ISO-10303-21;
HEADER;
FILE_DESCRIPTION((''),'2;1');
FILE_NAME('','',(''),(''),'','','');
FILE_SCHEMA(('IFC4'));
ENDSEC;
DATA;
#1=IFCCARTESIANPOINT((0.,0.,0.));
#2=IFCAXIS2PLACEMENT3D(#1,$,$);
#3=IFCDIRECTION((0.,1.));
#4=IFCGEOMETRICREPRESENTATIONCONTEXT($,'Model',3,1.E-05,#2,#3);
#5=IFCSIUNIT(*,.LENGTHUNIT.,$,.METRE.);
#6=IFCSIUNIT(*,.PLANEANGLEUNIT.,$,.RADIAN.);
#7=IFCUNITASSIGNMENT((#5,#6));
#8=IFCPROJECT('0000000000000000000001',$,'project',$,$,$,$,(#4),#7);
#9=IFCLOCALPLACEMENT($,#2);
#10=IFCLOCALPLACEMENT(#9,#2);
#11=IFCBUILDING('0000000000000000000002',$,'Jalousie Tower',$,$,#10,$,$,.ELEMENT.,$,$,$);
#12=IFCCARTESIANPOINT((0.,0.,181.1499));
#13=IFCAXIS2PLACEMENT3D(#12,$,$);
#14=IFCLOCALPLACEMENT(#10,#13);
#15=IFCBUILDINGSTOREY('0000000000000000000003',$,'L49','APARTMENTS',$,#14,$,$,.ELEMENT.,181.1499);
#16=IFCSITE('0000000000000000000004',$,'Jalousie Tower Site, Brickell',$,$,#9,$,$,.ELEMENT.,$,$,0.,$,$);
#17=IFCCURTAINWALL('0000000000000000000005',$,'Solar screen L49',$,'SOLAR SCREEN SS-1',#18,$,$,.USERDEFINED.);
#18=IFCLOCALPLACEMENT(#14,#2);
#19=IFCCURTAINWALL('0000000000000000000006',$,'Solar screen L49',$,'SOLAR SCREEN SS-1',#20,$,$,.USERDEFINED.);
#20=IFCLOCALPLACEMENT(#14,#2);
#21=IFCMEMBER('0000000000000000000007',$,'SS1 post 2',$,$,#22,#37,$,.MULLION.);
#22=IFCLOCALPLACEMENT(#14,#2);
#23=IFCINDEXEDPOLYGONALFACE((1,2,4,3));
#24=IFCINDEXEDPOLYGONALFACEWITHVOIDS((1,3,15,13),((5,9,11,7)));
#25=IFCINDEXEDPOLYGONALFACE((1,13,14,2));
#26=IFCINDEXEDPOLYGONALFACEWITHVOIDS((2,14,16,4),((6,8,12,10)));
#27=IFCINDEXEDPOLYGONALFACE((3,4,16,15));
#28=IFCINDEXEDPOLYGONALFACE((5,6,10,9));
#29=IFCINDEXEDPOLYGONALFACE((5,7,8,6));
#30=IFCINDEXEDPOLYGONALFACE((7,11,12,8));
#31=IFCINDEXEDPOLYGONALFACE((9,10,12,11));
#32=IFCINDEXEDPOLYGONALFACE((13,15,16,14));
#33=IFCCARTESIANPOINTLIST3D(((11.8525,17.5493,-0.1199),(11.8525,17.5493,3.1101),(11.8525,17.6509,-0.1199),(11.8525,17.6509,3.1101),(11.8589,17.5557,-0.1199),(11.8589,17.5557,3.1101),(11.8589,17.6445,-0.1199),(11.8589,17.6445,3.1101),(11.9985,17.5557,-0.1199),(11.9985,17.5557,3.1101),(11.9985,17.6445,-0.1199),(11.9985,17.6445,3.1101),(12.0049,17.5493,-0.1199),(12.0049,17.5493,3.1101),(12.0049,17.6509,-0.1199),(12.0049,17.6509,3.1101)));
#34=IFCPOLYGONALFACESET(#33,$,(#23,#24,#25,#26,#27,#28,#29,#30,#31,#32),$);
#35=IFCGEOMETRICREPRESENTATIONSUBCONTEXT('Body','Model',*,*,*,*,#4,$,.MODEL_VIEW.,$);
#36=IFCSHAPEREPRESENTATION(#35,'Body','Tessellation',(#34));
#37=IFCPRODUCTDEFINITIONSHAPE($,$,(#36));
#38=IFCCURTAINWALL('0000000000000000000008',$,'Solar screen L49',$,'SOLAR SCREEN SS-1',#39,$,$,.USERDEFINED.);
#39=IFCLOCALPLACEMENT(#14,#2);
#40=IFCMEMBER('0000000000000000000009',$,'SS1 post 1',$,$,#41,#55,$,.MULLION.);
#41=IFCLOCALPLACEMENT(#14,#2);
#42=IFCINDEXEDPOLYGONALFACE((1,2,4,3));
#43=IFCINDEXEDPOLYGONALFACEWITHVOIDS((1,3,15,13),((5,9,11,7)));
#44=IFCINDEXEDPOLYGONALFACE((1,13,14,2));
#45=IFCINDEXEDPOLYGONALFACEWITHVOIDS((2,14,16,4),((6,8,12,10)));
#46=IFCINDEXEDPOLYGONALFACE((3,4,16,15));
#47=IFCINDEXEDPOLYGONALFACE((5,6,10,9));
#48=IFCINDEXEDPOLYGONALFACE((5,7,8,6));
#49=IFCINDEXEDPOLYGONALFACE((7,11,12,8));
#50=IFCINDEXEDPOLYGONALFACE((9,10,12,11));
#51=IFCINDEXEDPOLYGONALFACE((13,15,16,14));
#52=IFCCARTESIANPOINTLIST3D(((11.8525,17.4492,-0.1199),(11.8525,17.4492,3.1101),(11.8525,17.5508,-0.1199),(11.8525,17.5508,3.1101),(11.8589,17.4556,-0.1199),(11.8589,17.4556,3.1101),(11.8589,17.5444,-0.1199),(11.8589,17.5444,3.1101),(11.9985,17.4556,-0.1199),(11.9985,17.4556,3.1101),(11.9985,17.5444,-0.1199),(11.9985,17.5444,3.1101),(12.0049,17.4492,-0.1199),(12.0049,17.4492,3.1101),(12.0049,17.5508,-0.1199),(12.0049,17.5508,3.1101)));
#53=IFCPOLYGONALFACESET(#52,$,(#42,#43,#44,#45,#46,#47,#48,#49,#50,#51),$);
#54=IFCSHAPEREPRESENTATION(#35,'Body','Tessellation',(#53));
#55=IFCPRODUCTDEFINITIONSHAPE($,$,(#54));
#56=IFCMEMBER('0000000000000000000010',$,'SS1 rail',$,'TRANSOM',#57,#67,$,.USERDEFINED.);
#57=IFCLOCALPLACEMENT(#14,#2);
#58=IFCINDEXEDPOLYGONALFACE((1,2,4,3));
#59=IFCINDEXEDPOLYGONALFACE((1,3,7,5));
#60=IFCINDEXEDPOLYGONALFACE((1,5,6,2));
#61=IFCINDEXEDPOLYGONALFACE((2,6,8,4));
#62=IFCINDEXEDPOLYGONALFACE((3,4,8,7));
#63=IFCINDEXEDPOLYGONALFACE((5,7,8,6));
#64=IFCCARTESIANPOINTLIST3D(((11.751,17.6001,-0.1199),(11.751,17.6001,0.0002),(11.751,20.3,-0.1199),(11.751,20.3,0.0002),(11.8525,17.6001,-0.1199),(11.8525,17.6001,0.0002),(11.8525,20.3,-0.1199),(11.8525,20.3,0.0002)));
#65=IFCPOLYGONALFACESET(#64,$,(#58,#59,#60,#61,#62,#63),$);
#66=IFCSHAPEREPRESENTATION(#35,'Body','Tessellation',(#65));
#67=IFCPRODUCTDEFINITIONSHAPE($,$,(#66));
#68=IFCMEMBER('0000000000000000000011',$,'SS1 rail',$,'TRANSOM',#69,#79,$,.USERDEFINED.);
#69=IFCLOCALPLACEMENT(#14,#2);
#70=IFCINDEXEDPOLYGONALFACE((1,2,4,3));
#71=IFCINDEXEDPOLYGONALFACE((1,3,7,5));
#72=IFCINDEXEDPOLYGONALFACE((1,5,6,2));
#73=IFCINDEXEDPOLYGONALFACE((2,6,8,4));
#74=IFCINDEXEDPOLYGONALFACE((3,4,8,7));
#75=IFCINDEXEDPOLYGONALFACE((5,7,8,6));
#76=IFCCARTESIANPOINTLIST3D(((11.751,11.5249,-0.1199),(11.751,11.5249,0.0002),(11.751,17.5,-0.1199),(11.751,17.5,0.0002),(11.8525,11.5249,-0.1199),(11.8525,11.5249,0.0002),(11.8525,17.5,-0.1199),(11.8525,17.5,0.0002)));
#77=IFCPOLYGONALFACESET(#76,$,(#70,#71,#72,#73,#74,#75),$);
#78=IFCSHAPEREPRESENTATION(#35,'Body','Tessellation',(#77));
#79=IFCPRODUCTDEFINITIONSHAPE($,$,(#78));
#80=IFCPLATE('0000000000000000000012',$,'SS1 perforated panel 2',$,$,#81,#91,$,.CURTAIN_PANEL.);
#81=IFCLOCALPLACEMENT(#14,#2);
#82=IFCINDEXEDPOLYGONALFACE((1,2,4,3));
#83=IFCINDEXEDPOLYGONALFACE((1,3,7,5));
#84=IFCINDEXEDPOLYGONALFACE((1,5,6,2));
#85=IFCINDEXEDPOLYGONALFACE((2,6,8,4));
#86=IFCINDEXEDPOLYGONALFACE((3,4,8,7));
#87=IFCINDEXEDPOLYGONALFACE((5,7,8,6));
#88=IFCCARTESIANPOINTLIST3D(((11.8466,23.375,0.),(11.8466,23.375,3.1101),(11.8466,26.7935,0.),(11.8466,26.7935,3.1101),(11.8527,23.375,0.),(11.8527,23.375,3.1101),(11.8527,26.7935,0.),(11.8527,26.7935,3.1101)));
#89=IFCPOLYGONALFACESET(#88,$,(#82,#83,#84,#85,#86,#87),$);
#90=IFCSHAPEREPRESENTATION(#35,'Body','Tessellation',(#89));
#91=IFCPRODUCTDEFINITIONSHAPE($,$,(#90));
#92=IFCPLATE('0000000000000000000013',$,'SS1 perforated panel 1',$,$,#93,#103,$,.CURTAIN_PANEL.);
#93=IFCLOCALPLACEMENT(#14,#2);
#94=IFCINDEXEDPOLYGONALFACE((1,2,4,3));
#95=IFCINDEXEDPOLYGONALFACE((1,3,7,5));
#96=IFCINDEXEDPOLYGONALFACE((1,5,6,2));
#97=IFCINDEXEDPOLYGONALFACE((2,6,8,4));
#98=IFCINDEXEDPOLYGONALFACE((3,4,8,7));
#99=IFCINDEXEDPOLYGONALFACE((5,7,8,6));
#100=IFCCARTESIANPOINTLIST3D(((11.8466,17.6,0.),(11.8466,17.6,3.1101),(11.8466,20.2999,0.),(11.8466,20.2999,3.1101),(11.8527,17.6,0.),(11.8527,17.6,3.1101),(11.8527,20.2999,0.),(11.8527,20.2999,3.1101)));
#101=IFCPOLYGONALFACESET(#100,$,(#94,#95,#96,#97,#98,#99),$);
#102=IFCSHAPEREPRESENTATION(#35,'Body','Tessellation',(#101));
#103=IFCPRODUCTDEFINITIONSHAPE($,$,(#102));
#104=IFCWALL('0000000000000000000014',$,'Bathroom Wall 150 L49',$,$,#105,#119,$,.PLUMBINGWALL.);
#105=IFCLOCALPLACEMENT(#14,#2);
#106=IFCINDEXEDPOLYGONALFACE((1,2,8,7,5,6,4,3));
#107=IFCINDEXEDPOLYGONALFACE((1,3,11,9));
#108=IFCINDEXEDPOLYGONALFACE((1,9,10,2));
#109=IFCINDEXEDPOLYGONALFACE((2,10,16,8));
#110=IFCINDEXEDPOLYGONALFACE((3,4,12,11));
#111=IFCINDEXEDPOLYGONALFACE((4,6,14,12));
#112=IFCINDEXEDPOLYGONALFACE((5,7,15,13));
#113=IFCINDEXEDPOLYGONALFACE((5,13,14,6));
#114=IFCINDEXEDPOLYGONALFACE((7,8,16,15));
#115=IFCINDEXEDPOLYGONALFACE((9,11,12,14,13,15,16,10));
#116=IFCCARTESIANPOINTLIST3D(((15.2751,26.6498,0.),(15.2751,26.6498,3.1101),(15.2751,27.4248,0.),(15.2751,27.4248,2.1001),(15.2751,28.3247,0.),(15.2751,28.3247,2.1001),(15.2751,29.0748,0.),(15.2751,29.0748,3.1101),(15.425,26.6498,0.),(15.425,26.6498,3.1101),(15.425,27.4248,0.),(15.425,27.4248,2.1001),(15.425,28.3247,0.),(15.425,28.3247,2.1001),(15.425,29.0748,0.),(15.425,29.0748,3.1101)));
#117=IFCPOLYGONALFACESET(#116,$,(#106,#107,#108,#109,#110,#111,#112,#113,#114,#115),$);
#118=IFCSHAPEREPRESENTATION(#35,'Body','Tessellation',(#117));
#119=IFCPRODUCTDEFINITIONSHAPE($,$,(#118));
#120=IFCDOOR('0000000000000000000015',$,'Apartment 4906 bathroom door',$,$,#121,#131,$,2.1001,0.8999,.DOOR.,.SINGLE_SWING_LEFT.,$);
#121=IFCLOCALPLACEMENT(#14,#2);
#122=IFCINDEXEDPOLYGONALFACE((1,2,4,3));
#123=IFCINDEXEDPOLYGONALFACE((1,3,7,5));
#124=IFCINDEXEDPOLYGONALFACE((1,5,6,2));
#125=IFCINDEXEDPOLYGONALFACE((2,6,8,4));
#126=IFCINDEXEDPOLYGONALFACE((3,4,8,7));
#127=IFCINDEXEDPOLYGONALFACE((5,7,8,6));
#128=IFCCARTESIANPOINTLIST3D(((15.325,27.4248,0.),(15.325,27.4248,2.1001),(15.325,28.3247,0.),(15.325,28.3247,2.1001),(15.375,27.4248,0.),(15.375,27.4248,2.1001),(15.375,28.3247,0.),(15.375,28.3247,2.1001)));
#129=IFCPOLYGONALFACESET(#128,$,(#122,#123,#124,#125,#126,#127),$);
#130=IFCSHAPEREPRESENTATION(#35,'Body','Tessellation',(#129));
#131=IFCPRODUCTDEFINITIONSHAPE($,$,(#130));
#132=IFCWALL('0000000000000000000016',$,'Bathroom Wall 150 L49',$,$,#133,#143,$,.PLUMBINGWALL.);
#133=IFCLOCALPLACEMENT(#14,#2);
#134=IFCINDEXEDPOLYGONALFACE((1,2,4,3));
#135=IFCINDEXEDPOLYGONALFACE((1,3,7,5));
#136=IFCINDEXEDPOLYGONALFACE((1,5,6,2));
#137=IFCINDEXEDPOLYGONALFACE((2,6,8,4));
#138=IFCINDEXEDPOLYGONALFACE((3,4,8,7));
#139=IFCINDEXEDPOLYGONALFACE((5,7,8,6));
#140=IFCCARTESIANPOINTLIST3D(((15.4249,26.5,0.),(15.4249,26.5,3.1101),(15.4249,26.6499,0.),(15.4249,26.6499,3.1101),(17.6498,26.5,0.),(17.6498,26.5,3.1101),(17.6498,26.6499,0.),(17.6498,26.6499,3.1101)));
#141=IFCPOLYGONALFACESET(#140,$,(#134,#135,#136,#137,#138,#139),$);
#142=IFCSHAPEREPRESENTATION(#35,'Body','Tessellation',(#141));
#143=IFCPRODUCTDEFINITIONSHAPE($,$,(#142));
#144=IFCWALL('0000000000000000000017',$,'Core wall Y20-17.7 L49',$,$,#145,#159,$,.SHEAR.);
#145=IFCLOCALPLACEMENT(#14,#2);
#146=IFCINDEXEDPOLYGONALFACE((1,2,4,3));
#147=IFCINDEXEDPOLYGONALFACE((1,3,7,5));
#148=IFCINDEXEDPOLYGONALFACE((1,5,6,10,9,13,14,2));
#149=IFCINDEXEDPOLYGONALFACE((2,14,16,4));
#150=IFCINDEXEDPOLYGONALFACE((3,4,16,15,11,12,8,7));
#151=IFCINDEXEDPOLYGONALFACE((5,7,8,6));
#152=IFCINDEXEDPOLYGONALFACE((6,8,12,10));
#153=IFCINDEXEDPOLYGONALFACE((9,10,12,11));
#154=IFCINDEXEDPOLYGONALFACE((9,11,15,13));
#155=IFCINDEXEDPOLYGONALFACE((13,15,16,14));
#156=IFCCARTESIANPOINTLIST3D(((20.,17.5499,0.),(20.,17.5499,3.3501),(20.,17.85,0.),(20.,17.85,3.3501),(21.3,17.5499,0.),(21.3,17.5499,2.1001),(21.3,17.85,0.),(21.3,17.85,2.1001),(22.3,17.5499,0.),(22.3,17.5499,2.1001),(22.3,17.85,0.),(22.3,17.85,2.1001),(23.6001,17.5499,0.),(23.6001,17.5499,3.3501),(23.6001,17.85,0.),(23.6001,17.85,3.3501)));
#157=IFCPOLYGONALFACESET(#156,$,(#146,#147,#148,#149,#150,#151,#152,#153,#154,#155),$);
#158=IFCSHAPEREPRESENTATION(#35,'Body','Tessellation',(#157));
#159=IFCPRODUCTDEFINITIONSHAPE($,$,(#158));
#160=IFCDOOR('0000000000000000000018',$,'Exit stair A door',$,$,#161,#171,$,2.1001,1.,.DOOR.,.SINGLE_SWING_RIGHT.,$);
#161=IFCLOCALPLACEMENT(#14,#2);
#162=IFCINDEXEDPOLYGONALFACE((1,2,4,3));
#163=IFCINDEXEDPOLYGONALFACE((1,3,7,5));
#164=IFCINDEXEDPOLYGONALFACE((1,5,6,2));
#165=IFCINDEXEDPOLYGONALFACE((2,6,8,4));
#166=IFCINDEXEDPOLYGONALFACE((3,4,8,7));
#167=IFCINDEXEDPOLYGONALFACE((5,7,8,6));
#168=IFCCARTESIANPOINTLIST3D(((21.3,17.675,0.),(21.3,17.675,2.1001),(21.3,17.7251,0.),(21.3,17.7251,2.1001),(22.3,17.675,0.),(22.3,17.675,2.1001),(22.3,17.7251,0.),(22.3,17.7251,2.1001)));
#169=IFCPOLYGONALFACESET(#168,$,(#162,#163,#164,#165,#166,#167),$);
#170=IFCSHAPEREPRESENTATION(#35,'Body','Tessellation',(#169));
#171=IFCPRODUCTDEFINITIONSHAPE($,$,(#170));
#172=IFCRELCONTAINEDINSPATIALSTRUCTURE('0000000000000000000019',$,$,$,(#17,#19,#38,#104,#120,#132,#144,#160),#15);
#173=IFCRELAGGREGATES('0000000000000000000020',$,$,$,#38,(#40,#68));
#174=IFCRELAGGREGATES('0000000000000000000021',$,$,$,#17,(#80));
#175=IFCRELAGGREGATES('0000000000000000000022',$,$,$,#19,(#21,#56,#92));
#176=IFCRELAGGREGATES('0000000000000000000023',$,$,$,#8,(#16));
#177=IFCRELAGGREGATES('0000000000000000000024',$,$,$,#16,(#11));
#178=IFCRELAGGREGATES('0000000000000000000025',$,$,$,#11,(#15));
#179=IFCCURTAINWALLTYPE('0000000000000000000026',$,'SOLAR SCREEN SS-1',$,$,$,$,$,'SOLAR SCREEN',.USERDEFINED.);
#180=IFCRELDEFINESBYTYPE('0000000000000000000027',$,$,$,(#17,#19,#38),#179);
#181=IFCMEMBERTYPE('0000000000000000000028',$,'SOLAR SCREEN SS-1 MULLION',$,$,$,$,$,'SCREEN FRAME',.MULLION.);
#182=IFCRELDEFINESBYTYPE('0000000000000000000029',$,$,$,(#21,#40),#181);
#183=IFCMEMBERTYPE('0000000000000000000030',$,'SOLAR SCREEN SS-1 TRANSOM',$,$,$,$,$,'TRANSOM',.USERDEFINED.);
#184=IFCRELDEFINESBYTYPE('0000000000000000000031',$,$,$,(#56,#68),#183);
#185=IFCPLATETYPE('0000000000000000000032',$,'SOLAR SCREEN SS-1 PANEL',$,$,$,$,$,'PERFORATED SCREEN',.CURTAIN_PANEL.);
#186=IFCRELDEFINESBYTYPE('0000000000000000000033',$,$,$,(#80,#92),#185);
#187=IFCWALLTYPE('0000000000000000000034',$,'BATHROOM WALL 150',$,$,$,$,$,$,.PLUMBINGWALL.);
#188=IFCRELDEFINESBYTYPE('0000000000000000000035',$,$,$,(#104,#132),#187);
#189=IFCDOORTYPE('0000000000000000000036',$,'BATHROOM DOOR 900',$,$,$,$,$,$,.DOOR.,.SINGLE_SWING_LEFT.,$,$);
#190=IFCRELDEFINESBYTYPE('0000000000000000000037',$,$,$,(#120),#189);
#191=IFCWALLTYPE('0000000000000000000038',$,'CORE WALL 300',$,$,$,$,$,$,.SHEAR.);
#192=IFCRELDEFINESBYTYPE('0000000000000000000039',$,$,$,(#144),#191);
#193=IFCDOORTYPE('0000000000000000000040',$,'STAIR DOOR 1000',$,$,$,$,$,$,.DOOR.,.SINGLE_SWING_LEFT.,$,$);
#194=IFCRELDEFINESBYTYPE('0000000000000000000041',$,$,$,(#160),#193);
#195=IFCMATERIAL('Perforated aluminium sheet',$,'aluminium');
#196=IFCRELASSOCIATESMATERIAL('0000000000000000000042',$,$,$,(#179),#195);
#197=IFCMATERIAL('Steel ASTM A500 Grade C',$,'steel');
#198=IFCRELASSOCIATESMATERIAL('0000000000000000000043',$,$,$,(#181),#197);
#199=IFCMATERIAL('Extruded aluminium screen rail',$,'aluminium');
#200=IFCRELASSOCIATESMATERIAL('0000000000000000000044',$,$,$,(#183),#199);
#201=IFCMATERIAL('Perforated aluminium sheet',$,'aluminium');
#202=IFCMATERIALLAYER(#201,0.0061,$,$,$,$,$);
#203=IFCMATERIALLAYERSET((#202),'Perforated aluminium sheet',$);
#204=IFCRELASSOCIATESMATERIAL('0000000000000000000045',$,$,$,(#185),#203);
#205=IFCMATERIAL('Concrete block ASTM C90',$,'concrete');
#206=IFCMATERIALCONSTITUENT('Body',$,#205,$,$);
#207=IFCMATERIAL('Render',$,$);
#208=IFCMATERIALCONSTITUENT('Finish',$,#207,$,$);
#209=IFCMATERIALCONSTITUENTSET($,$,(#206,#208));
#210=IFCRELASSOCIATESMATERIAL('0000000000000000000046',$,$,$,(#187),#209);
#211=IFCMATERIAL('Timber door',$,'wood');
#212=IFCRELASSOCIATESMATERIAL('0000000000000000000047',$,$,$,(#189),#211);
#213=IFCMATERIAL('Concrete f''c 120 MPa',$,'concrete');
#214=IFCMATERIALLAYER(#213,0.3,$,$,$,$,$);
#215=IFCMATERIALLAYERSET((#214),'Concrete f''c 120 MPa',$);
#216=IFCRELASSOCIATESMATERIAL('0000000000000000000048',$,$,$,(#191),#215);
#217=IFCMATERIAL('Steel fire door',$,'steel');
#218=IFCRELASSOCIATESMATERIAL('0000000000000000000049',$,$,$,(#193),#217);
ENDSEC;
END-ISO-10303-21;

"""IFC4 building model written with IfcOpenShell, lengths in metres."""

from ifc_helpers import new_model, si_unit, direction, frame, frame_2d, origin, origin_2d, place, context, subcontext, project, spatial, rectangle, hollow_rectangle, extrude, material, layer, layer_set, constituent, constituent_set, material_profile, profile_set, type_object, element, fill, aggregate, save


model = new_model("IFC4")

# Units and contexts
model_context = context("Model", 3, precision=1e-05, world=origin(), true_north=direction((0.0, 1.0)))
body_context = subcontext(model_context, "Body", "Model", "MODEL_VIEW")
ifc_project = project(units=[si_unit("LENGTHUNIT", "METRE"), si_unit("PLANEANGLEUNIT", "RADIAN")], contexts=[model_context])

# Site, building, storey
site_placement = place(None, origin())
site = spatial("IfcSite", under=ifc_project, at=site_placement, Name="Jalousie Tower Site, Brickell", CompositionType="ELEMENT", RefElevation=0.0)
building_placement = place(site_placement, origin())
building = spatial("IfcBuilding", under=site, at=building_placement, Name="Jalousie Tower", CompositionType="ELEMENT")
storey_placement = place(building_placement, frame((0.0, 0.0, 181.1499)))
storey = spatial("IfcBuildingStorey", under=building, at=storey_placement, Name="L49", Description="APARTMENTS", CompositionType="ELEMENT", Elevation=181.1499)

# Curtain walls, member
ifc_material_1 = material(Name="Perforated aluminium sheet", Category="aluminium")
curtain_wall_type = type_object("IfcCurtainWallType", Name="SOLAR SCREEN SS-1", ElementType="SOLAR SCREEN", PredefinedType="USERDEFINED", material=ifc_material_1)
curtain_wall_1_placement = place(storey_placement, origin())
curtain_wall_1 = element("IfcCurtainWall", 1, at=curtain_wall_1_placement, inside=storey, type_object=curtain_wall_type, Name="Solar screen L49", ObjectType="SOLAR SCREEN SS-1", PredefinedType="USERDEFINED")
ifc_material_2 = material(Name="Steel ASTM A500 Grade C", Category="steel")
ifc_material_profile_1 = material_profile(ifc_material_2, hollow_rectangle(XDim=0.1016, YDim=0.1523, WallThickness=0.0063, at=origin_2d()), Name="HSS6X4X1/4")
ifc_profile_set_1 = profile_set([ifc_material_profile_1], Name="Steel ASTM A500 Grade C")
member_type_1 = type_object("IfcMemberType", Name="SOLAR SCREEN SS-1 MULLION", ElementType="SCREEN FRAME", PredefinedType="MULLION", material=ifc_profile_set_1)
curtain_wall_2_placement = place(storey_placement, origin())
curtain_wall_2 = element("IfcCurtainWall", 2, at=curtain_wall_2_placement, inside=storey, type_object=curtain_wall_type, Name="Solar screen L49", ObjectType="SOLAR SCREEN SS-1", PredefinedType="USERDEFINED")
member_1_placement = place(storey_placement, frame((11.9287, 17.6001, -0.1199), z_axis=(0.0, 0.0, 1.0), x_axis=(0.0, -1.0, 0.0)))
member_1 = element("IfcMember", 3, at=member_1_placement, type_object=member_type_1, Name="SS1 post 2", PredefinedType="MULLION", context=body_context, shape_type="SweptSolid", body=[
    extrude(hollow_rectangle(XDim=0.1016, YDim=0.1523, WallThickness=0.0063, at=origin_2d()), origin(), (0.0, 0.0, 1.0), 3.23),
])

# Curtain wall, member
curtain_wall_3_placement = place(storey_placement, origin())
curtain_wall_3 = element("IfcCurtainWall", 4, at=curtain_wall_3_placement, inside=storey, type_object=curtain_wall_type, Name="Solar screen L49", ObjectType="SOLAR SCREEN SS-1", PredefinedType="USERDEFINED")
member_2_placement = place(storey_placement, frame((11.9287, 17.5, -0.1199), z_axis=(0.0, 0.0, 1.0), x_axis=(0.0, -1.0, 0.0)))
member_2 = element("IfcMember", 5, at=member_2_placement, type_object=member_type_1, Name="SS1 post 1", PredefinedType="MULLION", context=body_context, shape_type="SweptSolid", body=[
    extrude(hollow_rectangle(XDim=0.1016, YDim=0.1523, WallThickness=0.0063, at=origin_2d()), origin(), (0.0, 0.0, 1.0), 3.23),
])

# Members
ifc_material_3 = material(Name="Extruded aluminium screen rail", Category="aluminium")
ifc_material_profile_2 = material_profile(ifc_material_3, rectangle(XDim=0.1016, YDim=0.1201, at=origin_2d()), Name="RAIL 102x120")
ifc_profile_set_2 = profile_set([ifc_material_profile_2], Name="Extruded aluminium screen rail")
member_type_2 = type_object("IfcMemberType", Name="SOLAR SCREEN SS-1 TRANSOM", ElementType="TRANSOM", PredefinedType="USERDEFINED", material=ifc_profile_set_2)
member_3_placement = place(storey_placement, frame((11.8018, 20.3, -0.0598), z_axis=(0.0, -1.0, 0.0), x_axis=(1.0, 0.0, 0.0)))
member_3 = element("IfcMember", 6, at=member_3_placement, type_object=member_type_2, Name="SS1 rail", ObjectType="TRANSOM", PredefinedType="USERDEFINED", context=body_context, shape_type="SweptSolid", body=[
    extrude(rectangle(XDim=0.1016, YDim=0.1201, at=origin_2d()), origin(), (0.0, 0.0, 1.0), 2.7),
])
member_4_placement = place(storey_placement, frame((11.8018, 17.5, -0.0598), z_axis=(0.0, -1.0, 0.0), x_axis=(1.0, 0.0, 0.0)))
member_4 = element("IfcMember", 7, at=member_4_placement, type_object=member_type_2, Name="SS1 rail", ObjectType="TRANSOM", PredefinedType="USERDEFINED", context=body_context, shape_type="SweptSolid", body=[
    extrude(rectangle(XDim=0.1016, YDim=0.1201, at=origin_2d()), origin(), (0.0, 0.0, 1.0), 5.9751),
])
aggregate(curtain_wall_3, [member_2, member_4])

# Plates
ifc_material_4 = material(Name="Perforated aluminium sheet", Category="aluminium")
ifc_layer_1 = layer(ifc_material_4, 0.0061)
ifc_layer_set_1 = layer_set([ifc_layer_1], Name="Perforated aluminium sheet")
plate_type = type_object("IfcPlateType", Name="SOLAR SCREEN SS-1 PANEL", ElementType="PERFORATED SCREEN", PredefinedType="CURTAIN_PANEL", material=ifc_layer_set_1)
plate_1_placement = place(storey_placement, frame((11.8496, 25.0842, 0.0), z_axis=(0.0, 0.0, 1.0), x_axis=(0.0, -1.0, 0.0)))
plate_1 = element("IfcPlate", 8, at=plate_1_placement, type_object=plate_type, Name="SS1 perforated panel 2", PredefinedType="CURTAIN_PANEL", context=body_context, shape_type="SweptSolid", body=[
    extrude(rectangle(XDim=3.4185, YDim=0.0061, at=origin_2d()), origin(), (0.0, 0.0, 1.0), 3.1101),
])
aggregate(curtain_wall_1, [plate_1])
plate_2_placement = place(storey_placement, frame((11.8496, 18.95, 0.0), z_axis=(0.0, 0.0, 1.0), x_axis=(0.0, -1.0, 0.0)))
plate_2 = element("IfcPlate", 9, at=plate_2_placement, type_object=plate_type, Name="SS1 perforated panel 1", PredefinedType="CURTAIN_PANEL", context=body_context, shape_type="SweptSolid", body=[
    extrude(rectangle(XDim=2.7, YDim=0.0061, at=origin_2d()), origin(), (0.0, 0.0, 1.0), 3.1101),
])
aggregate(curtain_wall_2, [member_1, member_3, plate_2])

# Wall, opening, door
ifc_material_5 = material(Name="Concrete block ASTM C90", Category="concrete")
ifc_constituent_1 = constituent(ifc_material_5, Name="Body")
ifc_material_6 = material(Name="Render")
ifc_constituent_2 = constituent(ifc_material_6, Name="Finish")
ifc_constituent_set_1 = constituent_set(constituents=[ifc_constituent_1, ifc_constituent_2])
wall_type_1 = type_object("IfcWallType", Name="BATHROOM WALL 150", PredefinedType="PLUMBINGWALL", material=ifc_constituent_set_1)
wall_1_placement = place(storey_placement, frame((15.3501, 26.6499, 0.0), z_axis=(0.0, 0.0, 1.0), x_axis=(0.0, 1.0, 0.0)))
wall_1 = element("IfcWall", 10, at=wall_1_placement, inside=storey, type_object=wall_type_1, Name="Bathroom Wall 150 L49", PredefinedType="PLUMBINGWALL", context=body_context, shape_type="SweptSolid", body=[
    extrude(rectangle(XDim=2.425, YDim=0.1499, at=frame_2d((1.2124, 0.0))), origin(), (0.0, 0.0, 1.0), 3.1101),
])
opening_1_placement = place(wall_1_placement, frame((0.7749, 0.0, 0.0)))
opening_1 = element("IfcOpeningElement", 11, at=opening_1_placement, cuts=wall_1, PredefinedType="OPENING", context=body_context, shape_type="SweptSolid", body=[
    extrude(rectangle(XDim=0.8999, YDim=2.1001, at=frame_2d((0.45, 1.05))), frame((0.0, 0.085, 0.0), z_axis=(0.0, -1.0, 0.0), x_axis=(1.0, 0.0, 0.0)), (0.0, 0.0, 1.0), 0.1699),
])
ifc_material_7 = material(Name="Timber door", Category="wood")
door_type_1 = type_object("IfcDoorType", Name="BATHROOM DOOR 900", OperationType="SINGLE_SWING_LEFT", PredefinedType="DOOR", material=ifc_material_7)
door_1_placement = place(opening_1_placement, frame((0.8999, 0.0, 0.0), z_axis=(0.0, 0.0, 1.0), x_axis=(-1.0, 0.0, 0.0)))
door_1 = element("IfcDoor", 12, at=door_1_placement, inside=storey, type_object=door_type_1, Name="Apartment 4906 bathroom door", OperationType="SINGLE_SWING_LEFT", OverallHeight=2.1001, OverallWidth=0.8999, PredefinedType="DOOR", context=body_context, shape_type="SweptSolid", body=[
    extrude(rectangle(XDim=0.8999, YDim=2.1001, at=frame_2d((0.45, 1.05))), frame((0.0, 0.0249, 0.0), z_axis=(0.0, -1.0, 0.0), x_axis=(1.0, 0.0, 0.0)), (0.0, 0.0, 1.0), 0.05),
])
fill(opening_1, door_1)

# Wall
wall_2_placement = place(storey_placement, frame((15.425, 26.575, 0.0), z_axis=(0.0, 0.0, 1.0), x_axis=(1.0, 0.0, 0.0)))
element("IfcWall", 13, at=wall_2_placement, inside=storey, type_object=wall_type_1, Name="Bathroom Wall 150 L49", PredefinedType="PLUMBINGWALL", context=body_context, shape_type="SweptSolid", body=[
    extrude(rectangle(XDim=2.2249, YDim=0.1499, at=frame_2d((1.1123, 0.0))), origin(), (0.0, 0.0, 1.0), 3.1101),
])

# Wall, opening, door
ifc_material_8 = material(Name="Concrete f'c 120 MPa", Category="concrete")
ifc_layer_2 = layer(ifc_material_8, 0.3)
ifc_layer_set_2 = layer_set([ifc_layer_2], Name="Concrete f'c 120 MPa")
wall_type_2 = type_object("IfcWallType", Name="CORE WALL 300", PredefinedType="SHEAR", material=ifc_layer_set_2)
wall_3_placement = place(storey_placement, frame((20.0, 17.7, 0.0), z_axis=(0.0, 0.0, 1.0), x_axis=(1.0, 0.0, 0.0)))
wall_3 = element("IfcWall", 14, at=wall_3_placement, inside=storey, type_object=wall_type_2, Name="Core wall Y20-17.7 L49", PredefinedType="SHEAR", context=body_context, shape_type="SweptSolid", body=[
    extrude(rectangle(XDim=3.6001, YDim=0.3, at=frame_2d((1.8, 0.0))), origin(), (0.0, 0.0, 1.0), 3.3501),
])
opening_2_placement = place(wall_3_placement, frame((1.3, 0.0, 0.0)))
opening_2 = element("IfcOpeningElement", 15, at=opening_2_placement, cuts=wall_3, PredefinedType="OPENING", context=body_context, shape_type="SweptSolid", body=[
    extrude(rectangle(XDim=1.0, YDim=2.1001, at=frame_2d((0.5, 1.05))), frame((0.0, 0.1599, 0.0), z_axis=(0.0, -1.0, 0.0), x_axis=(1.0, 0.0, 0.0)), (0.0, 0.0, 1.0), 0.3201),
])
ifc_material_9 = material(Name="Steel fire door", Category="steel")
door_type_2 = type_object("IfcDoorType", Name="STAIR DOOR 1000", OperationType="SINGLE_SWING_LEFT", PredefinedType="DOOR", material=ifc_material_9)
door_2_placement = place(opening_2_placement, frame((1.0, 0.0, 0.0), z_axis=(0.0, 0.0, 1.0), x_axis=(-1.0, 0.0, 0.0)))
door_2 = element("IfcDoor", 16, at=door_2_placement, inside=storey, type_object=door_type_2, Name="Exit stair A door", OperationType="SINGLE_SWING_RIGHT", OverallHeight=2.1001, OverallWidth=1.0, PredefinedType="DOOR", context=body_context, shape_type="SweptSolid", body=[
    extrude(rectangle(XDim=1.0, YDim=2.1001, at=frame_2d((0.5, 1.05))), frame((0.0, 0.0249, 0.0), z_axis=(0.0, -1.0, 0.0), x_axis=(1.0, 0.0, 0.0)), (0.0, 0.0, 1.0), 0.05),
])
fill(opening_2, door_2)

save(model, "model.ifc")
